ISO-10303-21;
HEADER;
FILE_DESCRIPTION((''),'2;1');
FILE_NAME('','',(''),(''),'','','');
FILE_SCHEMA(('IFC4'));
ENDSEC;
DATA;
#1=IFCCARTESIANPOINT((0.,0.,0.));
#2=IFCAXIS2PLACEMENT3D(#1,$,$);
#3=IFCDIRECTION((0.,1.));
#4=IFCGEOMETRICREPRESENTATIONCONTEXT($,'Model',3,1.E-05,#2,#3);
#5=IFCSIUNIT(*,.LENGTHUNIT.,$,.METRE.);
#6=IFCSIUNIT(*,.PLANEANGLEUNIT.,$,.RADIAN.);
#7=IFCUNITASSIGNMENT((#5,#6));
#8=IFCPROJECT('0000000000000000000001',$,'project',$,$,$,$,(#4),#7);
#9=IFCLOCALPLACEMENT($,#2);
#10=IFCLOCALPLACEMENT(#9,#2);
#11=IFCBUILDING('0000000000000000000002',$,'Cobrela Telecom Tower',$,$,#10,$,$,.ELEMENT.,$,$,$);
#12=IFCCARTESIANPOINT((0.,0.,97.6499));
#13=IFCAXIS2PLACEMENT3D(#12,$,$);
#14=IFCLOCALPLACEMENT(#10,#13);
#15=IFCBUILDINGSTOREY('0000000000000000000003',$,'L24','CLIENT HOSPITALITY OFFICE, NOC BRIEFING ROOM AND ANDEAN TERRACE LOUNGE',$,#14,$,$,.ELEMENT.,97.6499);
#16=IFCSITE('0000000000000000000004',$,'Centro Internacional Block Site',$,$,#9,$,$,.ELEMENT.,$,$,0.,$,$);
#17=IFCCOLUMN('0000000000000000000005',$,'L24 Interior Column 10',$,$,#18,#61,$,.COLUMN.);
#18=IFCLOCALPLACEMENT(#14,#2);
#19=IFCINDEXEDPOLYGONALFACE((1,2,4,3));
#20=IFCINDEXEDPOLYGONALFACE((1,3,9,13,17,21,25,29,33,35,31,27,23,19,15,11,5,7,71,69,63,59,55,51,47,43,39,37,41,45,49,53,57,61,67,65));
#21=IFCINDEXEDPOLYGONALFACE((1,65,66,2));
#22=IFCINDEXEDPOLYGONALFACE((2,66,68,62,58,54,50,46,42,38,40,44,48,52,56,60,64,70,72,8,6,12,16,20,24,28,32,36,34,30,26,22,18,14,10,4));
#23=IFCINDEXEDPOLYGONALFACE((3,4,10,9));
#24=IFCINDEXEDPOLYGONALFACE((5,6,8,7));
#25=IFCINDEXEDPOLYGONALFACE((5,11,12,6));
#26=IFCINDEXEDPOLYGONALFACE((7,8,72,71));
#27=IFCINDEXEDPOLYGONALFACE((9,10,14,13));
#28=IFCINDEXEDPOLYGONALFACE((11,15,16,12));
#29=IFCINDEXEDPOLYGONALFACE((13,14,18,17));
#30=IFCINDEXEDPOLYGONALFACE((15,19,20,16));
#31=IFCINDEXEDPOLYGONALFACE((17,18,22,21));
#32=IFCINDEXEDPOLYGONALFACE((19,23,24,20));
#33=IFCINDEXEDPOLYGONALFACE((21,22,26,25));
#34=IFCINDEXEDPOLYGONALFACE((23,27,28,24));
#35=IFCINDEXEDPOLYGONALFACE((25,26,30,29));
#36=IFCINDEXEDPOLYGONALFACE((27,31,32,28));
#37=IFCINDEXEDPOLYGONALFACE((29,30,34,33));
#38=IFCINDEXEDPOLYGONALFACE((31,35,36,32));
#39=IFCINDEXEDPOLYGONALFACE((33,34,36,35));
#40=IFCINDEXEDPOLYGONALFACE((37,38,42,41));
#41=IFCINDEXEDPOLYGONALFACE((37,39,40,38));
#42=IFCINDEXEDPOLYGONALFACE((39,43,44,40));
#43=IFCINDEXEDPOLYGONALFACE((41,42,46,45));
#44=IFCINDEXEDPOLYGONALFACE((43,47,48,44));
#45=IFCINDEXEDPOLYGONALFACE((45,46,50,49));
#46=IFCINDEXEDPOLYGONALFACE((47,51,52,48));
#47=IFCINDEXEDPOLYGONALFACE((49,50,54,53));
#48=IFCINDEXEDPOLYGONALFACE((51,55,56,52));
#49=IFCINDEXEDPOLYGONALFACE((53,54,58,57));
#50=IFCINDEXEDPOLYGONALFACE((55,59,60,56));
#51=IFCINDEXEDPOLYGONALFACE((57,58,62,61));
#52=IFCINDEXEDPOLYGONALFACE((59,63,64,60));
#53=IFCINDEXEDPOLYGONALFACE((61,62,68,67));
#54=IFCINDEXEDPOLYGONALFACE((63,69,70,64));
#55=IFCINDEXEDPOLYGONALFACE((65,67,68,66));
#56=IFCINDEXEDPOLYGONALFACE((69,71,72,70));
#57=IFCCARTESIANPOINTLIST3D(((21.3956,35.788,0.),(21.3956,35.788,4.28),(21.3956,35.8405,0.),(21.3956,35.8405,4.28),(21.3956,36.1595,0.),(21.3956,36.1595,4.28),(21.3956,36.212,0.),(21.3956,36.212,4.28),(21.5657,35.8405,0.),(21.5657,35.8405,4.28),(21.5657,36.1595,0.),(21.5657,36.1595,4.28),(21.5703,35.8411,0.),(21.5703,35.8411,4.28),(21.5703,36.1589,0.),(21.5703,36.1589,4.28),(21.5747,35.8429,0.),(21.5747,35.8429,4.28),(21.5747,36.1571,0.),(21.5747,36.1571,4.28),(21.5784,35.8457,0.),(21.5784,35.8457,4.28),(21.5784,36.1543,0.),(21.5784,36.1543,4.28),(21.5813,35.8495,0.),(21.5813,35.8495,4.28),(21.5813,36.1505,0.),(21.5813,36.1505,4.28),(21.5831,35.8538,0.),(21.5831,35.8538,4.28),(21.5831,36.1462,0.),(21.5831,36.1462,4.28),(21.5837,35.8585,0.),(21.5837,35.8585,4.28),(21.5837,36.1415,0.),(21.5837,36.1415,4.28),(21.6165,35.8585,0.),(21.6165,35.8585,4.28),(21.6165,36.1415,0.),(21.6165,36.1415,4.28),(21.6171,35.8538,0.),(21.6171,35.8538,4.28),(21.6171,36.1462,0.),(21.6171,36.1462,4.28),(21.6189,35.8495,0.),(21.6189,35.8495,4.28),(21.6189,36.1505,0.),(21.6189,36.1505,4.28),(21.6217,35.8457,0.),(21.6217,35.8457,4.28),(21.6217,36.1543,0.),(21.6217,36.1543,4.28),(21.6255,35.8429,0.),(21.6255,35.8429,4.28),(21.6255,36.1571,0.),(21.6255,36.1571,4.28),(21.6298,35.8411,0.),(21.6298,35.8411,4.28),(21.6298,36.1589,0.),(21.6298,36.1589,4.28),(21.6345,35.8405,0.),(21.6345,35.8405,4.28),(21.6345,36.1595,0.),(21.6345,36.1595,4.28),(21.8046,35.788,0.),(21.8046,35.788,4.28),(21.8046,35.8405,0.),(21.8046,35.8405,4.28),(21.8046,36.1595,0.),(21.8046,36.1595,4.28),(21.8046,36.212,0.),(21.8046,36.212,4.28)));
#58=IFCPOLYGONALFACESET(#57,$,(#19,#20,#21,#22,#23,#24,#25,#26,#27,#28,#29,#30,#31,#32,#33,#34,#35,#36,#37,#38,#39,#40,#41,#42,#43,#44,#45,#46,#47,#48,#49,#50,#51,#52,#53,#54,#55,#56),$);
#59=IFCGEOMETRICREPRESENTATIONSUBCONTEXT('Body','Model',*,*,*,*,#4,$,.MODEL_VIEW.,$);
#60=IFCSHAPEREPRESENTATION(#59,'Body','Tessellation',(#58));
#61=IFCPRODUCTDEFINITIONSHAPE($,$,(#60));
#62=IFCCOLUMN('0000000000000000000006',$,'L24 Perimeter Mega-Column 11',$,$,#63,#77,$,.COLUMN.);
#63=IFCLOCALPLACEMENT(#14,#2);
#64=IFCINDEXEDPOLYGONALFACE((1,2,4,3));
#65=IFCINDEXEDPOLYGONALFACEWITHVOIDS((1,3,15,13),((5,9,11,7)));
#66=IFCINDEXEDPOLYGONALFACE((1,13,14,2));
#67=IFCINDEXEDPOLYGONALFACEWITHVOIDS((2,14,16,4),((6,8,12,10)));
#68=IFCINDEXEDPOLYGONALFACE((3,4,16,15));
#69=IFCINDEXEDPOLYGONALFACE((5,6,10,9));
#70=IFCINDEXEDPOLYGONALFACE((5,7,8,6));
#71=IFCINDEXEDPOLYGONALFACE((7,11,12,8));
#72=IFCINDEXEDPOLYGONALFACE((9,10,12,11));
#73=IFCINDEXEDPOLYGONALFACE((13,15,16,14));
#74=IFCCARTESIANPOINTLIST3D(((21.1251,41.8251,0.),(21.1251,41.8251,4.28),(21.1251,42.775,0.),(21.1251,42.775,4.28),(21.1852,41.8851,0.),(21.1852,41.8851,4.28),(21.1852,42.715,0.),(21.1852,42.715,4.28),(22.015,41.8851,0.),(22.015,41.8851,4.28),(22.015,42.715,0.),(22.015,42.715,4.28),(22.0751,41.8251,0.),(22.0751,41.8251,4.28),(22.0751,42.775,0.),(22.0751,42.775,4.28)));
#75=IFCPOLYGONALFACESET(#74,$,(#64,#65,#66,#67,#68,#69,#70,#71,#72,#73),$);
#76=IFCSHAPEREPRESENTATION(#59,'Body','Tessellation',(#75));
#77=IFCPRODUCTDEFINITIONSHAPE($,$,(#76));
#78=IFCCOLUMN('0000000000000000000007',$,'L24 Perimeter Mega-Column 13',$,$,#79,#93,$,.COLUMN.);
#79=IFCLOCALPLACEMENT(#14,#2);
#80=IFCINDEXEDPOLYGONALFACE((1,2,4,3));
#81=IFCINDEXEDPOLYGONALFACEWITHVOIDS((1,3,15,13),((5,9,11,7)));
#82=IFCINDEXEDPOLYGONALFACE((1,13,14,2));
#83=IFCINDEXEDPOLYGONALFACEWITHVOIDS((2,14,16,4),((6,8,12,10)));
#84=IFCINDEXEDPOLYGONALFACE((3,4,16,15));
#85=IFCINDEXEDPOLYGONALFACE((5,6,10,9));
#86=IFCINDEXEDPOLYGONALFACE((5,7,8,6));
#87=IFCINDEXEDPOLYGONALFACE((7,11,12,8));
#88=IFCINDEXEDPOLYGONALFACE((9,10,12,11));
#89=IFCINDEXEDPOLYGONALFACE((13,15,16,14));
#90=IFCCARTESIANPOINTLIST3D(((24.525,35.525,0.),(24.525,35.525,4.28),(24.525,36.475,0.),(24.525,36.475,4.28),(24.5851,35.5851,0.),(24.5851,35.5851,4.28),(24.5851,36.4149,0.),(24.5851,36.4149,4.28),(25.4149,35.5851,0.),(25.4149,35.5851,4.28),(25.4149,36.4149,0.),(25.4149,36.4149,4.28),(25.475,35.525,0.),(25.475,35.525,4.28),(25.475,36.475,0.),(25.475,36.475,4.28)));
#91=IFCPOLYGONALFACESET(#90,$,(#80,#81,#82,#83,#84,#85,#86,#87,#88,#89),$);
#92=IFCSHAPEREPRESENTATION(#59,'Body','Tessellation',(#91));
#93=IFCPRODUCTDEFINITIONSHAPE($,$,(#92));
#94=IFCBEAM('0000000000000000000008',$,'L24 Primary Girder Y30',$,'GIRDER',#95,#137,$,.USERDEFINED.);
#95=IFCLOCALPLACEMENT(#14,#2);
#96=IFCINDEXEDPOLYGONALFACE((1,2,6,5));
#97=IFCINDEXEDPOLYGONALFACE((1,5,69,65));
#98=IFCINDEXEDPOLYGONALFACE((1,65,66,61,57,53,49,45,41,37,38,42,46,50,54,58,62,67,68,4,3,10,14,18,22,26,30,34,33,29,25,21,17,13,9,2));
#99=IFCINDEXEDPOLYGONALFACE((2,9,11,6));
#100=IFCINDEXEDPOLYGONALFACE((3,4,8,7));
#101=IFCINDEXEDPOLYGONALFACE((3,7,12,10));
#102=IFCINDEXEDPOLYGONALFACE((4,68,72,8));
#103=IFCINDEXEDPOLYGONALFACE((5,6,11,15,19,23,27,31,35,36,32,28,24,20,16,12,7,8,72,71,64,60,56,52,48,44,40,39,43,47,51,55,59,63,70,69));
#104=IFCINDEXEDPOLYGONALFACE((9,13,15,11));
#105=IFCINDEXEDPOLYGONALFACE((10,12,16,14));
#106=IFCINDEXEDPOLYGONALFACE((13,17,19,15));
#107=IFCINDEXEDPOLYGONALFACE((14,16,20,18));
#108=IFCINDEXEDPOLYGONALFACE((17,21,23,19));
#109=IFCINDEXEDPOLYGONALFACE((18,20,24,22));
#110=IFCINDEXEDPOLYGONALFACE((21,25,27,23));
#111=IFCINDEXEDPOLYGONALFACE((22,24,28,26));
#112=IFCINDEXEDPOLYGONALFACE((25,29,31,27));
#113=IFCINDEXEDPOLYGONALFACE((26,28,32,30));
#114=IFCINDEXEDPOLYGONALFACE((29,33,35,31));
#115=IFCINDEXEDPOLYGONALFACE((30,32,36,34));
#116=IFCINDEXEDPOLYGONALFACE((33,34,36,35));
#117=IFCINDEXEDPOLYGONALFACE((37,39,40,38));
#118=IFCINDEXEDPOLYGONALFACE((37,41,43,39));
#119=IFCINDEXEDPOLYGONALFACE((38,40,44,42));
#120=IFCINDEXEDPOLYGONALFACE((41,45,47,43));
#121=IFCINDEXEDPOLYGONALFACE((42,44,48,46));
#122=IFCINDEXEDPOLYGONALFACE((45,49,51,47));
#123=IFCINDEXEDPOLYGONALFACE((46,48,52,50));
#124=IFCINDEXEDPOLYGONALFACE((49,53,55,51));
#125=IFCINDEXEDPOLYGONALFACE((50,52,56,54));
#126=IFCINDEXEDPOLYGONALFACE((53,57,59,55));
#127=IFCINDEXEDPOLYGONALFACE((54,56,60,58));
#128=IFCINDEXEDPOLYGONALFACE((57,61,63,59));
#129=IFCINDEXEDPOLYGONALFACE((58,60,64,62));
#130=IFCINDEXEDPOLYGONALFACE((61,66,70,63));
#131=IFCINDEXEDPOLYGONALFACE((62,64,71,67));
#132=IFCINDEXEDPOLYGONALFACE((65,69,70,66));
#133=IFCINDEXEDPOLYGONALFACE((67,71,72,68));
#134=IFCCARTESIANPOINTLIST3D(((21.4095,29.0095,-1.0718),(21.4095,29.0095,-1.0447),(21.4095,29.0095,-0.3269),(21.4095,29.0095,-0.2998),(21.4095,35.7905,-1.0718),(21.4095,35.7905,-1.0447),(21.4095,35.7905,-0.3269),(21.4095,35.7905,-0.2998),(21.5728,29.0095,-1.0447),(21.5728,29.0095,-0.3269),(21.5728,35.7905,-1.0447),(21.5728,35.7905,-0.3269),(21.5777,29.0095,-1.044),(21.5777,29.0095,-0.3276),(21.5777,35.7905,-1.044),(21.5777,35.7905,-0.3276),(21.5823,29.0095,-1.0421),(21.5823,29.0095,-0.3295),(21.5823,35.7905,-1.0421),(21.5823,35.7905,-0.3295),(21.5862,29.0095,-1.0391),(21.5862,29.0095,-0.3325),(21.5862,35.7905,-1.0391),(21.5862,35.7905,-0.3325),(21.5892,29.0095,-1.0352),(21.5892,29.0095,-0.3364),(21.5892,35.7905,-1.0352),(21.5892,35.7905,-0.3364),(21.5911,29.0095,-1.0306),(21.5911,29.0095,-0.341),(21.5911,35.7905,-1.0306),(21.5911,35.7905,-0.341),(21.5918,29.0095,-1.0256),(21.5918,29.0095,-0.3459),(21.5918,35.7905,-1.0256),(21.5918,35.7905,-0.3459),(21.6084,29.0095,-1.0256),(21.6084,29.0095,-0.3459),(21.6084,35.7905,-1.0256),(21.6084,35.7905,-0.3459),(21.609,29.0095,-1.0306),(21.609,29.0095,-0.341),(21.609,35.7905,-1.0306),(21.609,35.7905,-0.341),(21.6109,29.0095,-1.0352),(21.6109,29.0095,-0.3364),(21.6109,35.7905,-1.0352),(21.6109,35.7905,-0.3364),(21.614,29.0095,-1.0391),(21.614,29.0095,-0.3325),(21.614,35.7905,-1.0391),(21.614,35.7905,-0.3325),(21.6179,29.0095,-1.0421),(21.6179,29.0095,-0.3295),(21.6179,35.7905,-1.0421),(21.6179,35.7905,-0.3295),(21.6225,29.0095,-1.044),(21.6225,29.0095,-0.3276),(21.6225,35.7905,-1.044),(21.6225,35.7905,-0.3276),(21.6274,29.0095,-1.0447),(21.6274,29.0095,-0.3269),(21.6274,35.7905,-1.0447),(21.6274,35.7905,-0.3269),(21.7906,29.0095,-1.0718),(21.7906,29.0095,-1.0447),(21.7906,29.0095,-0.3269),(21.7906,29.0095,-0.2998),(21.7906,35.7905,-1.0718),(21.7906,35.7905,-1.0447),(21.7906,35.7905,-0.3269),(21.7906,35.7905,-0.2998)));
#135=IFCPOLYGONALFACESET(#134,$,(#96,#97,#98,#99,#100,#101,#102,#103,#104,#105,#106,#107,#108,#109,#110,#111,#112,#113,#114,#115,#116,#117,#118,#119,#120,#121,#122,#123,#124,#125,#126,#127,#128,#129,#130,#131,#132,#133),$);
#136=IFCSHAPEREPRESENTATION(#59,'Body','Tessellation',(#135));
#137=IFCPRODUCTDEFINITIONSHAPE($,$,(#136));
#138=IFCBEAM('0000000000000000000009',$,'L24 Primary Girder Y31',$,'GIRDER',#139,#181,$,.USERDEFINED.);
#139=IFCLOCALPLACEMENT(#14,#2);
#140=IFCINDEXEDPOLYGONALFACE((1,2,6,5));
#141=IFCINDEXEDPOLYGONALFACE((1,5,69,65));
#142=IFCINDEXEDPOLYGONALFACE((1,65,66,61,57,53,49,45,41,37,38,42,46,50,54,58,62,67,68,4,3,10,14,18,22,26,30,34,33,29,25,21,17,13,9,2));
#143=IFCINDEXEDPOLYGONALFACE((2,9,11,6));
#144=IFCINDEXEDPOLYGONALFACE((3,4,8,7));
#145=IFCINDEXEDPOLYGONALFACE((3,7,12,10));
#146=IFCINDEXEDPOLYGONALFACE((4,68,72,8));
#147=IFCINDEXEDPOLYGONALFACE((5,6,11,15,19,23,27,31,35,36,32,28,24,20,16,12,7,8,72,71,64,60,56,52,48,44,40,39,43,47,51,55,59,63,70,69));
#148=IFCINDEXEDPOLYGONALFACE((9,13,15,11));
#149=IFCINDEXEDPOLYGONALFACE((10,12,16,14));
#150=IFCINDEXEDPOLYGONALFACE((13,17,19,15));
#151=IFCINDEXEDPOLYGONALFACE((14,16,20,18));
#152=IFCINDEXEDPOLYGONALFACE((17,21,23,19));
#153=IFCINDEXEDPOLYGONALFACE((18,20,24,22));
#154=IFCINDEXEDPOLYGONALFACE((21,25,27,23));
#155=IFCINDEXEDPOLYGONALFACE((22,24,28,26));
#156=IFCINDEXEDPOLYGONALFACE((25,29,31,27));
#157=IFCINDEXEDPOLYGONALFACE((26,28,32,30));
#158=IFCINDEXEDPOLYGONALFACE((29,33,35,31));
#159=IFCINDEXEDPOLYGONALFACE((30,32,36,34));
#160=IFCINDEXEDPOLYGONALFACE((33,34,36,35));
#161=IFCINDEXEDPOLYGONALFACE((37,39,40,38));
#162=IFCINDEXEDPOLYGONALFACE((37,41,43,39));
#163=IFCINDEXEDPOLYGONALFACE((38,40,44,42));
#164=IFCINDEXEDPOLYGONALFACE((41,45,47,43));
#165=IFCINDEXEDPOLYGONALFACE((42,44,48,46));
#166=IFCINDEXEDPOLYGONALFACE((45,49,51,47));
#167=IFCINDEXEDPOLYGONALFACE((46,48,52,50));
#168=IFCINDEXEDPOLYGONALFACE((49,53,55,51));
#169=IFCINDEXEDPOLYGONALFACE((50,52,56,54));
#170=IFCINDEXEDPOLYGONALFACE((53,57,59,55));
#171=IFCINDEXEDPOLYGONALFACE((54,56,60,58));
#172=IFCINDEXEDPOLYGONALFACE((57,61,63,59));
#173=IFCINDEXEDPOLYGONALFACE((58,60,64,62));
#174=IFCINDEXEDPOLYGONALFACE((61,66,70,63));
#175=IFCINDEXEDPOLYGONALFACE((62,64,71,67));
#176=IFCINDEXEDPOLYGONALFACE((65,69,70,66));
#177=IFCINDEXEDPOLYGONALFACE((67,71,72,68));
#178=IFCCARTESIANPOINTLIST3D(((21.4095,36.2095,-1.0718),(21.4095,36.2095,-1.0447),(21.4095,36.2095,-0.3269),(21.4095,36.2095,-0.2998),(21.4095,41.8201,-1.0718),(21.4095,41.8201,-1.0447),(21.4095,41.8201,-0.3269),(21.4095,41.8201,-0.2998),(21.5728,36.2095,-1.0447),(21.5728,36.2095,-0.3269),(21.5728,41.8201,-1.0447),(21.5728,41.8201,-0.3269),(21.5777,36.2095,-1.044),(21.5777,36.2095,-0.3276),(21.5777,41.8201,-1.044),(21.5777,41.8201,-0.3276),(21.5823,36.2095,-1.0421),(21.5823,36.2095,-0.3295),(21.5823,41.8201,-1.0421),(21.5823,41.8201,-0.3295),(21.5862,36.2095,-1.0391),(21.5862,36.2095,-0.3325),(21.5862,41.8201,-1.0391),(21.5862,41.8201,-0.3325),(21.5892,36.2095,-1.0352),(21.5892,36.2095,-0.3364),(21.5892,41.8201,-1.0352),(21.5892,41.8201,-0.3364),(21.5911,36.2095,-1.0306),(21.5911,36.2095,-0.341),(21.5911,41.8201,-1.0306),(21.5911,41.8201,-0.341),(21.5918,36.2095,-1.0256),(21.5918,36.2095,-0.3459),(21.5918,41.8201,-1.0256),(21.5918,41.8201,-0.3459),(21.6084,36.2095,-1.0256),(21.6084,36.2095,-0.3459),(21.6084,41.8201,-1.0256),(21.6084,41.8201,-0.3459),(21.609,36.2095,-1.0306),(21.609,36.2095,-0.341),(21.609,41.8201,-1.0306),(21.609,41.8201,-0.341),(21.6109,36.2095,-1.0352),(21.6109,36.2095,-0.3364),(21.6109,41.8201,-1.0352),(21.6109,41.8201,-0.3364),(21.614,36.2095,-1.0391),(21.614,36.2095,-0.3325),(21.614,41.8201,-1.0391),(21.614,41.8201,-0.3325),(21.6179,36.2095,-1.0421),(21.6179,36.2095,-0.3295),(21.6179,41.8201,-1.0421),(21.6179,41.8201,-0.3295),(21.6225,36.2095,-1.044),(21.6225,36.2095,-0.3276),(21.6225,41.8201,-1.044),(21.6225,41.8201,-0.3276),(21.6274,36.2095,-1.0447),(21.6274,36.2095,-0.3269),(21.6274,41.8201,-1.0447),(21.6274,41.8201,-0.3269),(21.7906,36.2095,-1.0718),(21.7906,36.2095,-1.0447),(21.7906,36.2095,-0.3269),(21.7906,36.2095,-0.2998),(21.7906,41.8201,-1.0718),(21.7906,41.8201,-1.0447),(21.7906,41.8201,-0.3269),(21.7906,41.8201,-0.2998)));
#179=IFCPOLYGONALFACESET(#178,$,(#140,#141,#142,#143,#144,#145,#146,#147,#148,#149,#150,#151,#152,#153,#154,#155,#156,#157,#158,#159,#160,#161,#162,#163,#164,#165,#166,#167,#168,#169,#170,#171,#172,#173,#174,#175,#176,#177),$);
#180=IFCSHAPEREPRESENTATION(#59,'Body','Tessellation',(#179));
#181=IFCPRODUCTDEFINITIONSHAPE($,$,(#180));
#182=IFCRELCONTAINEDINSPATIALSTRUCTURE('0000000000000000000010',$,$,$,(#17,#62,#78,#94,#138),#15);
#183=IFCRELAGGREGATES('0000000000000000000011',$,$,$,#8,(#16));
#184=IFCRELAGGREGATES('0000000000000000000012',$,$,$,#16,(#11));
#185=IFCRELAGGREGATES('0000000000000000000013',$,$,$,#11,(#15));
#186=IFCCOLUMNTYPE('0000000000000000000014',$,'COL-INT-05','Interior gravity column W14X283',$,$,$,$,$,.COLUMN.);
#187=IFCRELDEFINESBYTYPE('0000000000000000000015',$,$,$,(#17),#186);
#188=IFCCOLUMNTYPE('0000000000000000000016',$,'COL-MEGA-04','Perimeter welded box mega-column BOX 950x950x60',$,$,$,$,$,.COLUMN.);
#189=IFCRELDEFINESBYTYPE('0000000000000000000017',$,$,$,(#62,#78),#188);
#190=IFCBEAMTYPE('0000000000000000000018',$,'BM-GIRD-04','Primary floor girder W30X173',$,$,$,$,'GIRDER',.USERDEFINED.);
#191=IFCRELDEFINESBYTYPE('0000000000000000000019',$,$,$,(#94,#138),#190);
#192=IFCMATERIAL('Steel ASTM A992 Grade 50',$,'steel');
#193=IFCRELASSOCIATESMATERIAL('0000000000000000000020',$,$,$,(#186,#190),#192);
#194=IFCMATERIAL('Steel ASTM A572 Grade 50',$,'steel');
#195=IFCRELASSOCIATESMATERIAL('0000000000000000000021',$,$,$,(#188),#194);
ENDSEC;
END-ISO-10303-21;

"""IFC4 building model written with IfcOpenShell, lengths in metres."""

from ifc_helpers import new_model, si_unit, direction, frame, origin, origin_2d, place, context, subcontext, project, spatial, hollow_rectangle, i_section, extrude, material, material_profile, profile_set, type_object, element, save


model = new_model("IFC4")

# Units and contexts
model_context = context("Model", 3, precision=1e-05, world=origin(), true_north=direction((0.0, 1.0)))
body_context = subcontext(model_context, "Body", "Model", "MODEL_VIEW")
ifc_project = project(units=[si_unit("LENGTHUNIT", "METRE"), si_unit("PLANEANGLEUNIT", "RADIAN")], contexts=[model_context])

# Site, building, storey
site_placement = place(None, origin())
site = spatial("IfcSite", under=ifc_project, at=site_placement, Name="Centro Internacional Block Site", CompositionType="ELEMENT", RefElevation=0.0)
building_placement = place(site_placement, origin())
building = spatial("IfcBuilding", under=site, at=building_placement, Name="Cobrela Telecom Tower", CompositionType="ELEMENT")
storey_placement = place(building_placement, frame((0.0, 0.0, 97.6499)))
storey = spatial("IfcBuildingStorey", under=building, at=storey_placement, Name="L24", Description="CLIENT HOSPITALITY OFFICE, NOC BRIEFING ROOM AND ANDEAN TERRACE LOUNGE", CompositionType="ELEMENT", Elevation=97.6499)

# Columns
ifc_material_1 = material(Name="Steel ASTM A992 Grade 50", Category="steel")
ifc_material_profile_1 = material_profile(ifc_material_1, i_section(OverallWidth=0.4089, OverallDepth=0.4241, WebThickness=0.0327, FlangeThickness=0.0525, FilletRadius=0.0181, at=origin_2d()), Name="W14X283")
ifc_profile_set_1 = profile_set([ifc_material_profile_1], Name="Steel ASTM A992 Grade 50")
column_type_1 = type_object("IfcColumnType", Name="COL-INT-05", Description="Interior gravity column W14X283", PredefinedType="COLUMN", material=ifc_profile_set_1)
column_placement = place(storey_placement, frame((21.6001, 36.0, 0.0), z_axis=(0.0, 0.0, 1.0), x_axis=(1.0, 0.0, 0.0)))
element("IfcColumn", 1, at=column_placement, inside=storey, type_object=column_type_1, Name="L24 Interior Column 10", PredefinedType="COLUMN", context=body_context, shape_type="SweptSolid", body=[
    extrude(i_section(OverallWidth=0.4089, OverallDepth=0.4241, WebThickness=0.0327, FlangeThickness=0.0525, FilletRadius=0.0181, at=origin_2d()), origin(), (0.0, 0.0, 1.0), 4.28),
])
ifc_material_2 = material(Name="Steel ASTM A572 Grade 50", Category="steel")
ifc_material_profile_2 = material_profile(ifc_material_2, hollow_rectangle(XDim=0.95, YDim=0.95, WallThickness=0.0601, at=origin_2d()), Name="BOX 950x950x60")
ifc_profile_set_2 = profile_set([ifc_material_profile_2], Name="Steel ASTM A572 Grade 50")
column_type_2 = type_object("IfcColumnType", Name="COL-MEGA-04", Description="Perimeter welded box mega-column BOX 950x950x60", PredefinedType="COLUMN", material=ifc_profile_set_2)
for number, where, z_axis, x_axis, name in (
    (2, (21.6001, 42.3, 0.0), (0.0, 0.0, 1.0), (1.0, 0.0, 0.0), "L24 Perimeter Mega-Column 11"),
    (3, (25.0, 36.0, 0.0), (0.0, 0.0, 1.0), (1.0, 0.0, 0.0), "L24 Perimeter Mega-Column 13"),
):
    element("IfcColumn", number, at=place(storey_placement, frame(where, z_axis=z_axis, x_axis=x_axis)), inside=storey, type_object=column_type_2, Name=name, PredefinedType="COLUMN", context=body_context, shape_type="SweptSolid", body=[
        extrude(hollow_rectangle(XDim=0.95, YDim=0.95, WallThickness=0.0601, at=origin_2d()), origin(), (0.0, 0.0, 1.0), 4.28),
    ])

# Beams
ifc_material_profile_3 = material_profile(ifc_material_1, i_section(OverallWidth=0.3811, OverallDepth=0.772, WebThickness=0.0166, FlangeThickness=0.0271, FilletRadius=0.019, at=origin_2d()), Name="W30X173")
ifc_profile_set_3 = profile_set([ifc_material_profile_3], Name="Steel ASTM A992 Grade 50")
beam_type_1 = type_object("IfcBeamType", Name="BM-GIRD-04", Description="Primary floor girder W30X173", ElementType="GIRDER", PredefinedType="USERDEFINED", material=ifc_profile_set_3)
beam_1_placement = place(storey_placement, frame((21.6001, 29.0095, -0.6858), z_axis=(0.0, 1.0, 0.0), x_axis=(-1.0, 0.0, 0.0)))
element("IfcBeam", 4, at=beam_1_placement, inside=storey, type_object=beam_type_1, Name="L24 Primary Girder Y30", ObjectType="GIRDER", PredefinedType="USERDEFINED", context=body_context, shape_type="SweptSolid", body=[
    extrude(i_section(OverallWidth=0.3811, OverallDepth=0.772, WebThickness=0.0166, FlangeThickness=0.0271, FilletRadius=0.019, at=origin_2d()), origin(), (0.0, 0.0, 1.0), 6.781),
])
beam_2_placement = place(storey_placement, frame((21.6001, 36.2095, -0.6858), z_axis=(0.0, 1.0, 0.0), x_axis=(-1.0, 0.0, 0.0)))
element("IfcBeam", 5, at=beam_2_placement, inside=storey, type_object=beam_type_1, Name="L24 Primary Girder Y31", ObjectType="GIRDER", PredefinedType="USERDEFINED", context=body_context, shape_type="SweptSolid", body=[
    extrude(i_section(OverallWidth=0.3811, OverallDepth=0.772, WebThickness=0.0166, FlangeThickness=0.0271, FilletRadius=0.019, at=origin_2d()), origin(), (0.0, 0.0, 1.0), 5.6106),
])

save(model, "model.ifc")
